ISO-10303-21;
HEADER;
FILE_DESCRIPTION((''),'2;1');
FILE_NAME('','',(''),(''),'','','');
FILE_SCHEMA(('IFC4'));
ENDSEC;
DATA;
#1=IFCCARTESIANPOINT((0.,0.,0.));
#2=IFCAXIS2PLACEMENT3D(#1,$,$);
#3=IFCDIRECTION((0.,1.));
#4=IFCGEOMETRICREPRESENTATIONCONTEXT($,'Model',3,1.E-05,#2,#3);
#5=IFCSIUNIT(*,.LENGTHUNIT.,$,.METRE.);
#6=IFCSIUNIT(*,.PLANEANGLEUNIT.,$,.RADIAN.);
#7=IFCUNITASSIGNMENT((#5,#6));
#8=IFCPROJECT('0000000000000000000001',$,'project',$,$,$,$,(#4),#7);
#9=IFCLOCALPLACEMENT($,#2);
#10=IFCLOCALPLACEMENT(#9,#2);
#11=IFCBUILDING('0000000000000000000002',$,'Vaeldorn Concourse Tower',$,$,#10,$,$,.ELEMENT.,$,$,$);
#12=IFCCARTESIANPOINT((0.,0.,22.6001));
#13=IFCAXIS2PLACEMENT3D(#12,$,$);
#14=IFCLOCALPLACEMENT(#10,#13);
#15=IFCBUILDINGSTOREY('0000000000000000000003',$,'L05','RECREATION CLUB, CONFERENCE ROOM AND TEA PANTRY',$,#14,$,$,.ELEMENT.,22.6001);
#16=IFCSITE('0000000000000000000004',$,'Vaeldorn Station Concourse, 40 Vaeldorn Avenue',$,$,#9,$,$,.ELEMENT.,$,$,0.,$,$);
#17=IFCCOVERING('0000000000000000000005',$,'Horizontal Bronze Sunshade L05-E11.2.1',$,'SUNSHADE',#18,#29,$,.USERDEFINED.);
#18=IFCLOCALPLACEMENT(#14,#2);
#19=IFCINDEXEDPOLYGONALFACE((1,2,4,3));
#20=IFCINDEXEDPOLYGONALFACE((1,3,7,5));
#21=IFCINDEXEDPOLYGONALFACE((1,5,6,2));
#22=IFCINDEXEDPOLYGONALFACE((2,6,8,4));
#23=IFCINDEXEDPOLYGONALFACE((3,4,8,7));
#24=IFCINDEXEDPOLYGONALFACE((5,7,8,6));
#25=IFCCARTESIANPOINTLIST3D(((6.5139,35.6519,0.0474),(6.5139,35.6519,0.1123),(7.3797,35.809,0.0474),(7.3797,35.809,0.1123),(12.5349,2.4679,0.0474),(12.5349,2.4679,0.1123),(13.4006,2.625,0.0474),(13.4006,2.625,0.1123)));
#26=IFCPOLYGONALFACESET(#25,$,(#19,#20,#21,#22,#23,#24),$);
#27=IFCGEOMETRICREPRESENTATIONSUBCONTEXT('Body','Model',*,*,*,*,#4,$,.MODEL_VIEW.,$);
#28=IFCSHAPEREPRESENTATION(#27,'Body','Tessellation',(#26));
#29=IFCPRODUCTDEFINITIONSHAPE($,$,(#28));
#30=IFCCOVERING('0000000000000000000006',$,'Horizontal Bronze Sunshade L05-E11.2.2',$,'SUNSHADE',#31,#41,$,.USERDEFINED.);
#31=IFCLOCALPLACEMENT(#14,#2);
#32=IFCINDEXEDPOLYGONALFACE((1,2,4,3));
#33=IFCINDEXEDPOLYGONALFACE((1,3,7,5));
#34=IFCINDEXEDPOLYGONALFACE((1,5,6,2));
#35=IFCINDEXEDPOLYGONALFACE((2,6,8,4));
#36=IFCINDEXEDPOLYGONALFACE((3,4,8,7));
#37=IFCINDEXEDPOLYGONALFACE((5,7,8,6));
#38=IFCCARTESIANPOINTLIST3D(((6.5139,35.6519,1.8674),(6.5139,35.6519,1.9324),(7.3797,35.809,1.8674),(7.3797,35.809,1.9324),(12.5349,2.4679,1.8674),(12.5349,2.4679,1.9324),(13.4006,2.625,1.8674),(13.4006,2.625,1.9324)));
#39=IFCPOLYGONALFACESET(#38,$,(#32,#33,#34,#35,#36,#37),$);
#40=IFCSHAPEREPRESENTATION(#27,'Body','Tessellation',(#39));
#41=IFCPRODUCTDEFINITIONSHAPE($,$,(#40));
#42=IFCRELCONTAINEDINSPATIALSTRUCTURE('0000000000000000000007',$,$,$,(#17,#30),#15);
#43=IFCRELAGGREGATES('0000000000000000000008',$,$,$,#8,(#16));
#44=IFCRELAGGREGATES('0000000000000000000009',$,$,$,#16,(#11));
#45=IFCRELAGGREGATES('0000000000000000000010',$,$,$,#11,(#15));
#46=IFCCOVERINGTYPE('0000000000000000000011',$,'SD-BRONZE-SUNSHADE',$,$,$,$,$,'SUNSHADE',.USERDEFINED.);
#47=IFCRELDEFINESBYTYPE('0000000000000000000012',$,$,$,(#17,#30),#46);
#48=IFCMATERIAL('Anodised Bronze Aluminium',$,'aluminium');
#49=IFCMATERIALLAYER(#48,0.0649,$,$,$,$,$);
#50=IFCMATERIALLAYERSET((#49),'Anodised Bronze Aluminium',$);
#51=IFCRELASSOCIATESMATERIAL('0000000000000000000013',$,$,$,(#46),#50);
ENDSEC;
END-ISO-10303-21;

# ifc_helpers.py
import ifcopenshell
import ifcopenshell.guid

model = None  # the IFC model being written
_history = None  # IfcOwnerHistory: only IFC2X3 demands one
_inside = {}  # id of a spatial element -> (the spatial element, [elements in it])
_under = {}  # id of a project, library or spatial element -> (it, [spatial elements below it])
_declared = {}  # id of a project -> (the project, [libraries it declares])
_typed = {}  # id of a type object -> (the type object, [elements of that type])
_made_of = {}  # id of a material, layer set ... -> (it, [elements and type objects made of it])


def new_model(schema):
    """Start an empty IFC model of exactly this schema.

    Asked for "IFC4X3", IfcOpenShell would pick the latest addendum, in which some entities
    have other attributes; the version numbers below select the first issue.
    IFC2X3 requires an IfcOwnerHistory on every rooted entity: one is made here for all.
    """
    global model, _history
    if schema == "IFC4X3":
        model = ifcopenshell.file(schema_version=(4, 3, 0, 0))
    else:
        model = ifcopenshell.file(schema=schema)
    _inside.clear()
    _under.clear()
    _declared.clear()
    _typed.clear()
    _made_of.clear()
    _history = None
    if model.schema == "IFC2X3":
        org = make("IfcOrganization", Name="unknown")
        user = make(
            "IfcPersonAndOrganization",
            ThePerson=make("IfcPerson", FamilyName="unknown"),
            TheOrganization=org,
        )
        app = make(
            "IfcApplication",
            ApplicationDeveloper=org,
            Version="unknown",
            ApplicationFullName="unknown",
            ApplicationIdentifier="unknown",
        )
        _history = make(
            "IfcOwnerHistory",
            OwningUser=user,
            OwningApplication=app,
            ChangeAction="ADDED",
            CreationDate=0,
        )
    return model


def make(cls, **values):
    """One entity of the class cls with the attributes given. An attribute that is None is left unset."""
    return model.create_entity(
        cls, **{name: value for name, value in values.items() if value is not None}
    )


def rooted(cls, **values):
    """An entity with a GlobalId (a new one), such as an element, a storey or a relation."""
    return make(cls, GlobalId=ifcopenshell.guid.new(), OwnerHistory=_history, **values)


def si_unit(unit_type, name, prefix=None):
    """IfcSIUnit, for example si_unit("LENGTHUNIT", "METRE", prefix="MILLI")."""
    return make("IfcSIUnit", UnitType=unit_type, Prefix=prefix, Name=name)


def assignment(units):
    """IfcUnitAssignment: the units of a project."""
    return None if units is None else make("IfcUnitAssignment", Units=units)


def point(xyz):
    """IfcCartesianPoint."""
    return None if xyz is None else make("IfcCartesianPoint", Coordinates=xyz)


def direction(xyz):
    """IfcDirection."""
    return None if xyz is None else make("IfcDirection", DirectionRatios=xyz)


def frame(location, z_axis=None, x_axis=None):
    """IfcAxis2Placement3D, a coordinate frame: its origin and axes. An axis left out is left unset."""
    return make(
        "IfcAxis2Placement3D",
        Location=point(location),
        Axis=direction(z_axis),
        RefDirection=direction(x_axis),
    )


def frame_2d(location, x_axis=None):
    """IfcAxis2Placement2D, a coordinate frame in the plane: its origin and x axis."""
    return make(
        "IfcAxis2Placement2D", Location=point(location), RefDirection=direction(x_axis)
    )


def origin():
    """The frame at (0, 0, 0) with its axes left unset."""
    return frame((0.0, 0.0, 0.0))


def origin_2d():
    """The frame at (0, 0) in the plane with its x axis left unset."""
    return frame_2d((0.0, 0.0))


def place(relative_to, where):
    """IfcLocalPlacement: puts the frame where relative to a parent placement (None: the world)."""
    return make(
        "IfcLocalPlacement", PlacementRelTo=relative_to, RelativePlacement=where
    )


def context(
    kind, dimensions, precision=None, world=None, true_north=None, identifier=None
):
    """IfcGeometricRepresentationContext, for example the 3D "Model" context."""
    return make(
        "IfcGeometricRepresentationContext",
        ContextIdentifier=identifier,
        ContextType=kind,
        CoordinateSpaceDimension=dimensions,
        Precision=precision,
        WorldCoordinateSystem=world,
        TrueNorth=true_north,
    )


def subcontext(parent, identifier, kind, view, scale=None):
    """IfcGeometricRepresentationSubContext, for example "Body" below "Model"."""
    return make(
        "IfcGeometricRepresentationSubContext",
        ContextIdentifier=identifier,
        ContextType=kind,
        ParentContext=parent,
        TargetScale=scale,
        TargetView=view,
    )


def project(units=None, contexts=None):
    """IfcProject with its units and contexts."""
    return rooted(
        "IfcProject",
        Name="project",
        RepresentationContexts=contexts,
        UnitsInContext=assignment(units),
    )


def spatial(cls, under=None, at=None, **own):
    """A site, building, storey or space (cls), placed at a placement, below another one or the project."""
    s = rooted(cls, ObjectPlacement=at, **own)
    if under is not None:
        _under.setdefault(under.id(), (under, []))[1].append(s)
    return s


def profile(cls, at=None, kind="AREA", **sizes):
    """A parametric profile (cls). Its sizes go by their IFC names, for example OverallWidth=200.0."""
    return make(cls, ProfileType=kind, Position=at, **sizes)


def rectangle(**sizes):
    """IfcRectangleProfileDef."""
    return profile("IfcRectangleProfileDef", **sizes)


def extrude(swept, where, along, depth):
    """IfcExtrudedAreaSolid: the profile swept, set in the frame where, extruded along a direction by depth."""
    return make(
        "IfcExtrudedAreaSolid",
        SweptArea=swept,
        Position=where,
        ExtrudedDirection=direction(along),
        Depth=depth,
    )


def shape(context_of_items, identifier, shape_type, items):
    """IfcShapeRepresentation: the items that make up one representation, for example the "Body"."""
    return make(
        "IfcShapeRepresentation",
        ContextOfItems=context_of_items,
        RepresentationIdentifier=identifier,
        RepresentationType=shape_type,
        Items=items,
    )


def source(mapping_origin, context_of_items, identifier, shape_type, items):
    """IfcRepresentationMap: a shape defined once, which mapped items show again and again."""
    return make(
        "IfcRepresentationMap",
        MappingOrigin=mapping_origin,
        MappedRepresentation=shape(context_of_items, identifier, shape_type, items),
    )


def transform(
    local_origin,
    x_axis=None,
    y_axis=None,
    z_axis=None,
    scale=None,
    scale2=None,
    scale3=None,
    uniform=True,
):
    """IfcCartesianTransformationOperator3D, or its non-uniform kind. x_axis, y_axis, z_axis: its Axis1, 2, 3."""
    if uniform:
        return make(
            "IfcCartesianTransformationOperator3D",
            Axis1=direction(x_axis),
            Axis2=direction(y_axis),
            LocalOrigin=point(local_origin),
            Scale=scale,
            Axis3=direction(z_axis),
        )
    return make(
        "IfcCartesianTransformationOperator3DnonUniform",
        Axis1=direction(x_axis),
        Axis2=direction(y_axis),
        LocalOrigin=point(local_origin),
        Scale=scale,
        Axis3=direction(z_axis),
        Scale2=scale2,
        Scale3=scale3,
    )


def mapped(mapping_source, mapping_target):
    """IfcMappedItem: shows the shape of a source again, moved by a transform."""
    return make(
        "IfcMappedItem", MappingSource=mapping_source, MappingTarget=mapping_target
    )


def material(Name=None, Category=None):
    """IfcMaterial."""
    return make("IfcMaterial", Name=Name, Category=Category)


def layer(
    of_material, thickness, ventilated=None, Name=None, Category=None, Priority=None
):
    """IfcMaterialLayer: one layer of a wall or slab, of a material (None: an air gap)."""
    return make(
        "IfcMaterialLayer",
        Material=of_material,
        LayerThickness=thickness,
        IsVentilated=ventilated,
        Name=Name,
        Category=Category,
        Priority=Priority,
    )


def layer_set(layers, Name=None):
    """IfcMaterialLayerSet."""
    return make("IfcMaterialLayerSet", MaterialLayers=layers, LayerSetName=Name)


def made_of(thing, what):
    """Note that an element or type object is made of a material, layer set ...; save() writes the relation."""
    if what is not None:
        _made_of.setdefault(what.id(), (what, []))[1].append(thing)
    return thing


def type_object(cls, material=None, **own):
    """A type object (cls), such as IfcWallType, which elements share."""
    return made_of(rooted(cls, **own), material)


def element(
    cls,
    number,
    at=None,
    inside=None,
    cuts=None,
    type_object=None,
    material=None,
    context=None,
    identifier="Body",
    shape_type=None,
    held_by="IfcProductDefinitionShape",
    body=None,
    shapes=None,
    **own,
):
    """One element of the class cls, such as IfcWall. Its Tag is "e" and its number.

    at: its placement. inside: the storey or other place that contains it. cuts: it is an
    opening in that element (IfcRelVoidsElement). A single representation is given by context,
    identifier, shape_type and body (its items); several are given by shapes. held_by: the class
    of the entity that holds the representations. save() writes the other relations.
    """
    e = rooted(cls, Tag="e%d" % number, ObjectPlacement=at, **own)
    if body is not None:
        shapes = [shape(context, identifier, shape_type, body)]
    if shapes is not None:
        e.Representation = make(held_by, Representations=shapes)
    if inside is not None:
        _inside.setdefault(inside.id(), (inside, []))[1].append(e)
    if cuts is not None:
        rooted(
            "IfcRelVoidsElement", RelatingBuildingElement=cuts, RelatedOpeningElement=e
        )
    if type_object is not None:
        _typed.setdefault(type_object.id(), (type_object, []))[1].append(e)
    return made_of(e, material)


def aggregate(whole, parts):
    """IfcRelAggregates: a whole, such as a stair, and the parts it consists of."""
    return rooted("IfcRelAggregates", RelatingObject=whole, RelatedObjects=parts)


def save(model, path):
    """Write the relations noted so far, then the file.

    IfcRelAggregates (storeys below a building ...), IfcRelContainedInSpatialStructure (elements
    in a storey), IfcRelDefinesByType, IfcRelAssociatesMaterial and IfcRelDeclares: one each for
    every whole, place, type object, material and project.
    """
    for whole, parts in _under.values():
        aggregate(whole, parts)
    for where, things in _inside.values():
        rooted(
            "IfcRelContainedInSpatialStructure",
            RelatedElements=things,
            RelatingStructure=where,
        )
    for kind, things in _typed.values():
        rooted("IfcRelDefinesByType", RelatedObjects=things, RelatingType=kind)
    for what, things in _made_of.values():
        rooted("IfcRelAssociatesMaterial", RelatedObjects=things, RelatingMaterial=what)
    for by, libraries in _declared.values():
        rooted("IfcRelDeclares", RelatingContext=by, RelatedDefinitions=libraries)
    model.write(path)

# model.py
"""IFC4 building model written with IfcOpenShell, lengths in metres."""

from ifc_helpers import new_model, si_unit, direction, frame, origin, origin_2d, place, context, subcontext, project, spatial, rectangle, extrude, source, transform, mapped, material, layer, layer_set, type_object, element, save


model = new_model("IFC4")

# Units and contexts
model_context = context("Model", 3, precision=1e-05, world=origin(), true_north=direction((0.0, 1.0)))
body_context = subcontext(model_context, "Body", "Model", "MODEL_VIEW")
ifc_project = project(units=[si_unit("LENGTHUNIT", "METRE"), si_unit("PLANEANGLEUNIT", "RADIAN")], contexts=[model_context])

# Site, building, storey
site_placement = place(None, origin())
site = spatial("IfcSite", under=ifc_project, at=site_placement, Name="Vaeldorn Station Concourse, 40 Vaeldorn Avenue", CompositionType="ELEMENT", RefElevation=0.0)
building_placement = place(site_placement, origin())
building = spatial("IfcBuilding", under=site, at=building_placement, Name="Vaeldorn Concourse Tower", CompositionType="ELEMENT")
storey_placement = place(building_placement, frame((0.0, 0.0, 22.6001)))
storey = spatial("IfcBuildingStorey", under=building, at=storey_placement, Name="L05", Description="RECREATION CLUB, CONFERENCE ROOM AND TEA PANTRY", CompositionType="ELEMENT", Elevation=22.6001)

# Shared definitions
ifc_material_1 = material(Name="Anodised Bronze Aluminium", Category="aluminium")

# Coverings
ifc_layer_1 = layer(ifc_material_1, 0.0649)
ifc_layer_set_1 = layer_set([ifc_layer_1], Name="Anodised Bronze Aluminium")
covering_type = type_object("IfcCoveringType", Name="SD-BRONZE-SUNSHADE", ElementType="SUNSHADE", PredefinedType="USERDEFINED", material=ifc_layer_set_1)
shared_shape_1 = source(origin(), body_context, "Body", "SweptSolid", [
    extrude(rectangle(XDim=33.7258, YDim=0.8799, at=origin_2d()), origin(), (0.0, 0.0, 1.0), 0.0649),
])
for number, where, z_axis, x_axis, name in (
    (1, (9.9573, 19.1384, 0.0474), (0.0, 0.0, 1.0), (0.178527, -0.983935, 0.0), "Horizontal Bronze Sunshade L05-E11.2.1"),
    (2, (9.9573, 19.1384, 1.8674), (0.0, 0.0, 1.0), (0.178527, -0.983935, 0.0), "Horizontal Bronze Sunshade L05-E11.2.2"),
):
    element("IfcCovering", number, at=place(storey_placement, frame(where, z_axis=z_axis, x_axis=x_axis)), inside=storey, type_object=covering_type, Name=name, ObjectType="SUNSHADE", PredefinedType="USERDEFINED", context=body_context, shape_type="MappedRepresentation", body=[
        mapped(shared_shape_1, transform((0.0, 0.0, 0.0), scale=1.0)),
    ])

save(model, "model.ifc")
